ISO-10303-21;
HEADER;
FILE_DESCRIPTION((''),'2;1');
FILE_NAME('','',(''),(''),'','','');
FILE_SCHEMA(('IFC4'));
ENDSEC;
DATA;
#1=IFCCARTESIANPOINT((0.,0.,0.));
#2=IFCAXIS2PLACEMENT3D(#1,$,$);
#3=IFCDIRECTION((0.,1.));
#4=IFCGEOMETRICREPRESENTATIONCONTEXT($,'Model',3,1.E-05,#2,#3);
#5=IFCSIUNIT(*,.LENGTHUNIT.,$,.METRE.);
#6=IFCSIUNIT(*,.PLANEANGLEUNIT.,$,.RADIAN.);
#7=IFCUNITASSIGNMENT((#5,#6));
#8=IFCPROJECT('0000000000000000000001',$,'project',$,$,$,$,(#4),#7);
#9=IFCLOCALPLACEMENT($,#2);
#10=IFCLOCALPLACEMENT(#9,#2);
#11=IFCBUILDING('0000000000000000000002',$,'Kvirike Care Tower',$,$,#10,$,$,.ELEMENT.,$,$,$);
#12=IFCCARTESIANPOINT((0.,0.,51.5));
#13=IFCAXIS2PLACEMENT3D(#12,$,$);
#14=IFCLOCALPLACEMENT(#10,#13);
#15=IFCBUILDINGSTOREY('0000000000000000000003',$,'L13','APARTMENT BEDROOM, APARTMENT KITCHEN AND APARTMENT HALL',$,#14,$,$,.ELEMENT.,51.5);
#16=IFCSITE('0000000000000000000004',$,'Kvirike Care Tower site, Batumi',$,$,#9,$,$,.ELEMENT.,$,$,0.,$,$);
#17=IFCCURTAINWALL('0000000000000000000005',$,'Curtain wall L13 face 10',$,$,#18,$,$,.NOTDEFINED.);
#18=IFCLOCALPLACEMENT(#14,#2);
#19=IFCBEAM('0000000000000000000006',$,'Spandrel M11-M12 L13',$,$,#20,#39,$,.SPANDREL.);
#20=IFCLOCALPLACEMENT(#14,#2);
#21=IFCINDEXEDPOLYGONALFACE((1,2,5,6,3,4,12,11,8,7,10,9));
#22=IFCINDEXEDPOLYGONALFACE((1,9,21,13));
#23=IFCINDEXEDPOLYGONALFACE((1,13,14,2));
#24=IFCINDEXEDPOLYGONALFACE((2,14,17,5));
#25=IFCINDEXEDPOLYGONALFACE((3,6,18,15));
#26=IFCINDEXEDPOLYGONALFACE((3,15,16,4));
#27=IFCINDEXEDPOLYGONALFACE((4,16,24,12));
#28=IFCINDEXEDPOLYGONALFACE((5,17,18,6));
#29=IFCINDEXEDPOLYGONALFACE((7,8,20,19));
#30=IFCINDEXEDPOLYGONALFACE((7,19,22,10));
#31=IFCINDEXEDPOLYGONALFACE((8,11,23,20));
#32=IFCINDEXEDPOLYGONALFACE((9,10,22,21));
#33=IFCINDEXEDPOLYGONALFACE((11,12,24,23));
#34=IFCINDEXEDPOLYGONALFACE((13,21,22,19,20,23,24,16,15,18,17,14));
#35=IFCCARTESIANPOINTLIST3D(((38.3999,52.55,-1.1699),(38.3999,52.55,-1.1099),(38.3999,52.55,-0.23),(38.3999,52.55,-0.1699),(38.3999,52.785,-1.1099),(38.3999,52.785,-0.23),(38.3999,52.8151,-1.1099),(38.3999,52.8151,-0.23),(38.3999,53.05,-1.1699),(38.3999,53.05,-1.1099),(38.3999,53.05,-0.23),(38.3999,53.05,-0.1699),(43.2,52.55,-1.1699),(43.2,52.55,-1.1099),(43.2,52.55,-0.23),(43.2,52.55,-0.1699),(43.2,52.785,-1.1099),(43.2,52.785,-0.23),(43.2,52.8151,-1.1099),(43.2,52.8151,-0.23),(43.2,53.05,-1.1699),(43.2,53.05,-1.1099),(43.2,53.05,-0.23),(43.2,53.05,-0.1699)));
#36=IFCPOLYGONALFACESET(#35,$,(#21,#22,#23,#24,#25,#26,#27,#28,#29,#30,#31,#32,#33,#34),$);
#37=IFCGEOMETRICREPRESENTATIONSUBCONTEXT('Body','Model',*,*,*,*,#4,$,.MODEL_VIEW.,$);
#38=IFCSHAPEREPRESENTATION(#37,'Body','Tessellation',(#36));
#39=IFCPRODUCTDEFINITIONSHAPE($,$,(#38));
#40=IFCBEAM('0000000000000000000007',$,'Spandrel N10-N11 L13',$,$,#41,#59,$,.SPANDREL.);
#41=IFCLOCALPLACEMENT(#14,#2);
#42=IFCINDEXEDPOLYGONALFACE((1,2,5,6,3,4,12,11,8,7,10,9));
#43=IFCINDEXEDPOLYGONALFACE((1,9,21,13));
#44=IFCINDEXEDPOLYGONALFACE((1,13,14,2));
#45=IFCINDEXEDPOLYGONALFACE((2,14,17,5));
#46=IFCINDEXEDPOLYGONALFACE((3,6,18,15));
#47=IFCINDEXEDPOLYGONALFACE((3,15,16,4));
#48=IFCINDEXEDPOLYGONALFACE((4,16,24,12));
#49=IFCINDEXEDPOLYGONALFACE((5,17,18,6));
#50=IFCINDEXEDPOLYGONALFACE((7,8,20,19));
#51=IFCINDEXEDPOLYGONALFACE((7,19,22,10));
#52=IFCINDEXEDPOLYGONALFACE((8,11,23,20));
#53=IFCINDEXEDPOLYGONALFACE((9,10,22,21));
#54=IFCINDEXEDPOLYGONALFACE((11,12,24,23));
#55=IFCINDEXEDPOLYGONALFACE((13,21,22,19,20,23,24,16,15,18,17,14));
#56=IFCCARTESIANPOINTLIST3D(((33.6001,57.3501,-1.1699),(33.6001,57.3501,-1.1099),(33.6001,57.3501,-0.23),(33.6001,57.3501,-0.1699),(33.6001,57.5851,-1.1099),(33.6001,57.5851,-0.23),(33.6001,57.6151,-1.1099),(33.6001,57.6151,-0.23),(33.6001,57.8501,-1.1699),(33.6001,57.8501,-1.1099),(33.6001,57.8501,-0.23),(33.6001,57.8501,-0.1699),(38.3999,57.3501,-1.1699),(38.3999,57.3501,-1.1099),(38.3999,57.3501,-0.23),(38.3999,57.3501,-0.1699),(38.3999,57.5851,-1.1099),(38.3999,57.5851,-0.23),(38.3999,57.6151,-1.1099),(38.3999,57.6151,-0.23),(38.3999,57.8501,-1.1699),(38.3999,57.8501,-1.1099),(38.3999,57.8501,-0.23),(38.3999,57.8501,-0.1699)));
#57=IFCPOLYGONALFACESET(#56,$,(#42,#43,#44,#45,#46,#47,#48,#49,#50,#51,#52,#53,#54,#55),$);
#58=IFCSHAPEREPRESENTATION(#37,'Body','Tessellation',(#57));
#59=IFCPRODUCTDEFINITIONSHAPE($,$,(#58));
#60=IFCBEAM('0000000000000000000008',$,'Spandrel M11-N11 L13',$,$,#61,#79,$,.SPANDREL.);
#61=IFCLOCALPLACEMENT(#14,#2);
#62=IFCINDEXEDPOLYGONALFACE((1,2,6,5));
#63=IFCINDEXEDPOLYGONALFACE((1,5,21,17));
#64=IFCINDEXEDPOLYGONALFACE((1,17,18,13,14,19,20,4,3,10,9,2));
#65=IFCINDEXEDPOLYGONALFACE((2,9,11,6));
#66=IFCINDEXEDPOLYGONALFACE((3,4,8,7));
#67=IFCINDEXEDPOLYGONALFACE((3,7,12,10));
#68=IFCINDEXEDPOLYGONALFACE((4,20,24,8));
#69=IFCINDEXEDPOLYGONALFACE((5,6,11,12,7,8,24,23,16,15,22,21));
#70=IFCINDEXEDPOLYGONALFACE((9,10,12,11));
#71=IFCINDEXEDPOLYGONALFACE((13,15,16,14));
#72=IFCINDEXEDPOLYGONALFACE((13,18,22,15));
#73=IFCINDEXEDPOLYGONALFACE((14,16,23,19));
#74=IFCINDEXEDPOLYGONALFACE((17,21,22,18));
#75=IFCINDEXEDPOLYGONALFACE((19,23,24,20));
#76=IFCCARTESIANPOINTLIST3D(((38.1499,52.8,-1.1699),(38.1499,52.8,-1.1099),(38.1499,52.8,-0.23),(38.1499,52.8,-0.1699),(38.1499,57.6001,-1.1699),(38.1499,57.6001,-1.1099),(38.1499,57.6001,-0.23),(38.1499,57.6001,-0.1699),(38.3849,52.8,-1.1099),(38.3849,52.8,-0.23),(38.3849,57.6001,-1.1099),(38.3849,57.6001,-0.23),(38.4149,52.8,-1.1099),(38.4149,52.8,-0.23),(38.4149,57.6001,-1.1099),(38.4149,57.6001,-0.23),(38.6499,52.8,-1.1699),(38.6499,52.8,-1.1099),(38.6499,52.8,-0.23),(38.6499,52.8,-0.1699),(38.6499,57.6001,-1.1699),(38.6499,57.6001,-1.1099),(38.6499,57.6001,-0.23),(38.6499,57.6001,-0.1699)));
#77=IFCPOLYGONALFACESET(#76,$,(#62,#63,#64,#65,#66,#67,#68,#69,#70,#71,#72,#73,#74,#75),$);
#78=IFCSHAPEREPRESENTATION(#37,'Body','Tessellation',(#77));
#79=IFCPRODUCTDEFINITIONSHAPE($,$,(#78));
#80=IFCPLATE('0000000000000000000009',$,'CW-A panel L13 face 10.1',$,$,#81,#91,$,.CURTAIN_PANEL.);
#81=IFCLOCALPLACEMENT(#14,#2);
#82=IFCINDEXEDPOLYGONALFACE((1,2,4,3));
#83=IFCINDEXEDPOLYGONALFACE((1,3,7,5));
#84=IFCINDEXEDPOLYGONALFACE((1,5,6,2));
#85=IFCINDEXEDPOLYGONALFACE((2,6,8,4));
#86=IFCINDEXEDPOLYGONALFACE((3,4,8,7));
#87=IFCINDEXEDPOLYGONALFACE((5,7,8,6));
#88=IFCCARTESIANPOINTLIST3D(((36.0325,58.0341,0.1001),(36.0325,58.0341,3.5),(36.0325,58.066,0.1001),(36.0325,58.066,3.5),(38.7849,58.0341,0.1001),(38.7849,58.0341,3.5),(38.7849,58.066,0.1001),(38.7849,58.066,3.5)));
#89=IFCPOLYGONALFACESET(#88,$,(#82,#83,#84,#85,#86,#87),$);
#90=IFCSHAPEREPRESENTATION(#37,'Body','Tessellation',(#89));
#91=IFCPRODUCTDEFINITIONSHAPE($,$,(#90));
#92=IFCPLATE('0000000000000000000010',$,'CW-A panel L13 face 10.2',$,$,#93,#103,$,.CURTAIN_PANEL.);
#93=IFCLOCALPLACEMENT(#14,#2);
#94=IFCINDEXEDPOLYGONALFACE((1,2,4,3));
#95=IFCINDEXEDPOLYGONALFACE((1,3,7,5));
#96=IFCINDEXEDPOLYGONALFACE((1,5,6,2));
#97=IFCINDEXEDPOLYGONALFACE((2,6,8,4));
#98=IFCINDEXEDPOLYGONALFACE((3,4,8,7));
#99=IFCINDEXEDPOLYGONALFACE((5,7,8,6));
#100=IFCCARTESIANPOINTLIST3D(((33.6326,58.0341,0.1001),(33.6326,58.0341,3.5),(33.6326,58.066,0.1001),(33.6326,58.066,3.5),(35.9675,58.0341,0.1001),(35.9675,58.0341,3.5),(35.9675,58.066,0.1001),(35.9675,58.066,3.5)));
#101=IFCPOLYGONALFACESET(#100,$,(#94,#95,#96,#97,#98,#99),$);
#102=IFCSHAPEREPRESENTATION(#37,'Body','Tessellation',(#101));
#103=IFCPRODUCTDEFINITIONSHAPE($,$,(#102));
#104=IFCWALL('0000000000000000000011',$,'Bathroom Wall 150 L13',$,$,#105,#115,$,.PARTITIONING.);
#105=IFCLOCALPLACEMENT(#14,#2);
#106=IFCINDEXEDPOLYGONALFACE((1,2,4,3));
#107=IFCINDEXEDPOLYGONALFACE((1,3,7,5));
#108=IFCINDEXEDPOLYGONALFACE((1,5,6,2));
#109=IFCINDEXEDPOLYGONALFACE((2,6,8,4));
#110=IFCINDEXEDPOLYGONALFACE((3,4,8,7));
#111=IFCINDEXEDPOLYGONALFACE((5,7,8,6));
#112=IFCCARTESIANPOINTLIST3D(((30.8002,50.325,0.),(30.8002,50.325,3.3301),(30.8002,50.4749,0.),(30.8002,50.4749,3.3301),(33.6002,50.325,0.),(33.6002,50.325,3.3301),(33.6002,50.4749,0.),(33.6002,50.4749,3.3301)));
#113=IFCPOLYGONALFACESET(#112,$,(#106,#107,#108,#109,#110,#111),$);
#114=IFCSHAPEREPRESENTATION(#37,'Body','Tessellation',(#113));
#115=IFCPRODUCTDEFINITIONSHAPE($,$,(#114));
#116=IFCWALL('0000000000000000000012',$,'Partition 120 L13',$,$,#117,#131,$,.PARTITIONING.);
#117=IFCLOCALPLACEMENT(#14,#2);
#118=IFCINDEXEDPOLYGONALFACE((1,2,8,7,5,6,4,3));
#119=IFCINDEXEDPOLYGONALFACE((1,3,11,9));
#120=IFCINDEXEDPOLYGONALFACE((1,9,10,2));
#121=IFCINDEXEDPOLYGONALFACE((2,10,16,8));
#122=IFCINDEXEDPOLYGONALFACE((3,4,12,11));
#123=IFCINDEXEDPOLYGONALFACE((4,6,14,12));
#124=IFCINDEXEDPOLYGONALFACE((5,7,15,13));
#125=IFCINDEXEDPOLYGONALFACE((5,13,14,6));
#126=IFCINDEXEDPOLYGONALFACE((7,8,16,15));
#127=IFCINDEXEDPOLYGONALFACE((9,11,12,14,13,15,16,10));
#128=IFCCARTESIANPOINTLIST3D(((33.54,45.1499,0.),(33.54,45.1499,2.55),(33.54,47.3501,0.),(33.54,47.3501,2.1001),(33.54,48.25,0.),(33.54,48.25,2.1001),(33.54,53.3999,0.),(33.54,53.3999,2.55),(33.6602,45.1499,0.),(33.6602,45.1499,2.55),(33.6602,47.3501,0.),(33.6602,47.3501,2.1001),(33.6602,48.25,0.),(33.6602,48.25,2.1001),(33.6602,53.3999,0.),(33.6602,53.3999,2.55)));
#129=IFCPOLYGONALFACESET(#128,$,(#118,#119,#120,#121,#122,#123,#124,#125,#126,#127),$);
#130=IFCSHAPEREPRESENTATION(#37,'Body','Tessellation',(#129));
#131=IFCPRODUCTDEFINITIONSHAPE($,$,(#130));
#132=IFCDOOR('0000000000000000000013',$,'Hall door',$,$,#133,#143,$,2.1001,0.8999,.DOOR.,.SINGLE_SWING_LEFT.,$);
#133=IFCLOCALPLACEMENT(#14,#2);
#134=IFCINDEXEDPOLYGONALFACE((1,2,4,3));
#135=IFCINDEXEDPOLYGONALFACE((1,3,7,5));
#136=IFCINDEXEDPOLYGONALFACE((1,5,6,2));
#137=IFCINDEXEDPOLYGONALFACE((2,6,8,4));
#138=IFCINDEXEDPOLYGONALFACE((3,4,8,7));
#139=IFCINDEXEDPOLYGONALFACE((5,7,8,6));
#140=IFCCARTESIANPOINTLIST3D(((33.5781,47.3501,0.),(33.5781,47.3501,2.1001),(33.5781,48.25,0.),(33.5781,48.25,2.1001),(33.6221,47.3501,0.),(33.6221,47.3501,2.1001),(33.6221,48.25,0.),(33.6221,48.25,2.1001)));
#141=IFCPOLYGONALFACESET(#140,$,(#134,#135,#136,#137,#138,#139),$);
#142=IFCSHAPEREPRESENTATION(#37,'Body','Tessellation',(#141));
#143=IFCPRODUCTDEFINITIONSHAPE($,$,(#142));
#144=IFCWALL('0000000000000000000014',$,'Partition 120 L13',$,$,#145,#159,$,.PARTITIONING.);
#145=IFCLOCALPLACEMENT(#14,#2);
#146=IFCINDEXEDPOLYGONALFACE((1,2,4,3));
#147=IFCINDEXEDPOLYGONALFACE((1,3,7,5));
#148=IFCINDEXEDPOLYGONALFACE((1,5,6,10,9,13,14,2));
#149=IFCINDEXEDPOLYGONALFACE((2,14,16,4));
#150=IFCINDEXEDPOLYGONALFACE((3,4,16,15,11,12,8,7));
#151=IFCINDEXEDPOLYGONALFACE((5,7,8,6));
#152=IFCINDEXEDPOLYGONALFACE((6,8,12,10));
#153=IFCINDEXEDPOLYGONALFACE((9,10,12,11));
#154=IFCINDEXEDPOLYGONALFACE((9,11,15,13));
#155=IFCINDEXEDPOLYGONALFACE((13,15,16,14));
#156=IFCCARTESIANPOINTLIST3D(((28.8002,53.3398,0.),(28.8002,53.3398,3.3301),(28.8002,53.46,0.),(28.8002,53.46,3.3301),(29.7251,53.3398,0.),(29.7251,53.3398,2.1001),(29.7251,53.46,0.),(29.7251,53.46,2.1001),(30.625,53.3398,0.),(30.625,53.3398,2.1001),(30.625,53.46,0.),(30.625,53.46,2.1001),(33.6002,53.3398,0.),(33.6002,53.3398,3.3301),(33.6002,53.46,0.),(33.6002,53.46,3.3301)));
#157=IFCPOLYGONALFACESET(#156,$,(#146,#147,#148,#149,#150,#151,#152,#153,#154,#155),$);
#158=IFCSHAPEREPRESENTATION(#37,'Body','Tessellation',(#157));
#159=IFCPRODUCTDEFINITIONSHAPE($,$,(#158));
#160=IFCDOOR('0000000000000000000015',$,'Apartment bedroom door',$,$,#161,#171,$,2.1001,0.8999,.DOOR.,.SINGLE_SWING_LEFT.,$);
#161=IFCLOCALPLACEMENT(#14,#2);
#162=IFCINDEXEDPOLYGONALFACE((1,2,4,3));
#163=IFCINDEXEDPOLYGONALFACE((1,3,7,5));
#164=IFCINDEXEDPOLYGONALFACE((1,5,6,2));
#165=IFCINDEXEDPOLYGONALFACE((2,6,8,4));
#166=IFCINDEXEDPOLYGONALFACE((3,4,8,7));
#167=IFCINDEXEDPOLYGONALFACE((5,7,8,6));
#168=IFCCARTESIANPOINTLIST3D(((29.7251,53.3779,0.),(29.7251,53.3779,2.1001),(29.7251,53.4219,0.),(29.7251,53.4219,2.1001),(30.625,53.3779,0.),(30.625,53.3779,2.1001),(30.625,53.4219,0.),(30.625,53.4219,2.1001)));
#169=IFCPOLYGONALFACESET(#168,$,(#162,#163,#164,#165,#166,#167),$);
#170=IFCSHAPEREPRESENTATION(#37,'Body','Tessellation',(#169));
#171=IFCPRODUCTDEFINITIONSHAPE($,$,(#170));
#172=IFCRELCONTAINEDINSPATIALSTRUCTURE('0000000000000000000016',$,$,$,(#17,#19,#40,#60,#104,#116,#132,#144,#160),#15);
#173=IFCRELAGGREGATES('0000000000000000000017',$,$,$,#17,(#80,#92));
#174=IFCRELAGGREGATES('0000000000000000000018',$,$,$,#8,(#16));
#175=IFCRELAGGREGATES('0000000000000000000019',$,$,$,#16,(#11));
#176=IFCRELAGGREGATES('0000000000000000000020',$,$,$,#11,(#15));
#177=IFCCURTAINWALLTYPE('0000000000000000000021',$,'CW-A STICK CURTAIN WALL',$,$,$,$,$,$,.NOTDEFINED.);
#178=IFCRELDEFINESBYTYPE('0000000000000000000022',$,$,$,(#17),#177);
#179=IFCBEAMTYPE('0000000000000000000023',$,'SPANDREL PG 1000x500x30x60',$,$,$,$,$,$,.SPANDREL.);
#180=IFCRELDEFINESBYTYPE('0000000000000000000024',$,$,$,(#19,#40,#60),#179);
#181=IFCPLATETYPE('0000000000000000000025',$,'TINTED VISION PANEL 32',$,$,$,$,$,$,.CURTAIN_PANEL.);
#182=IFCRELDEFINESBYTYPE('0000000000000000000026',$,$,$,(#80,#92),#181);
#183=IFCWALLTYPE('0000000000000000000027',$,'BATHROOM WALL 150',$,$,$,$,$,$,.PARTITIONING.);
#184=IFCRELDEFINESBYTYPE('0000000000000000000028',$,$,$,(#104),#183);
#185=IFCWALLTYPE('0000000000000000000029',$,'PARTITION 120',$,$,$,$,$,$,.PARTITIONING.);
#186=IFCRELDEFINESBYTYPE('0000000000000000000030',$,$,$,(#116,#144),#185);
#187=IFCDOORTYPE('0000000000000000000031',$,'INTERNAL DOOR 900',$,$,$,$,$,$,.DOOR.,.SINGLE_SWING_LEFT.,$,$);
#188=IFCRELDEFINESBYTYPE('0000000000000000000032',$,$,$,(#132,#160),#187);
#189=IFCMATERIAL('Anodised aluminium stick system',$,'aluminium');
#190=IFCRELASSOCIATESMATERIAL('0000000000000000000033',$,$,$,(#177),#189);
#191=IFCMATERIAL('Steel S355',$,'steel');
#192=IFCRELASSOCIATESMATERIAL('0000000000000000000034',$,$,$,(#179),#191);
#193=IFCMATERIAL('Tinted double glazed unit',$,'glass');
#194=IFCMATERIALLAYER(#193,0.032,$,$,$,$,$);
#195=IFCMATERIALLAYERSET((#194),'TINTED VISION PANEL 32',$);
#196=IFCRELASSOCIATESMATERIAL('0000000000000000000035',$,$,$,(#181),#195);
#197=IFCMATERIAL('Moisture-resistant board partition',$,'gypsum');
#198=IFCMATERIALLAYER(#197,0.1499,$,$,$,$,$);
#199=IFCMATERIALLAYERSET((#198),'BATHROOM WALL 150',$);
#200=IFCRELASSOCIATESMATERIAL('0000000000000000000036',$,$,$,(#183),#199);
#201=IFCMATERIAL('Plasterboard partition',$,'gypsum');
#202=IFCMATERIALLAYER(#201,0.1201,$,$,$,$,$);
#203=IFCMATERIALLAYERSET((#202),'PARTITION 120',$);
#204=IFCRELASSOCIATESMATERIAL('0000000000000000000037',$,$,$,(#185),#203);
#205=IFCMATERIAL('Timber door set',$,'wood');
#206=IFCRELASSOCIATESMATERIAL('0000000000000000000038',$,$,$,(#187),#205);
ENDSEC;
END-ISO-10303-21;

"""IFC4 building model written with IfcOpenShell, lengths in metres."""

from ifc_helpers import new_model, si_unit, direction, frame, frame_2d, origin, origin_2d, place, context, subcontext, project, spatial, rectangle, i_section, extrude, material, layer, layer_set, material_profile, profile_set, type_object, element, fill, aggregate, save


model = new_model("IFC4")

# Units and contexts
model_context = context("Model", 3, precision=1e-05, world=origin(), true_north=direction((0.0, 1.0)))
body_context = subcontext(model_context, "Body", "Model", "MODEL_VIEW")
ifc_project = project(units=[si_unit("LENGTHUNIT", "METRE"), si_unit("PLANEANGLEUNIT", "RADIAN")], contexts=[model_context])

# Site, building, storey
site_placement = place(None, origin())
site = spatial("IfcSite", under=ifc_project, at=site_placement, Name="Kvirike Care Tower site, Batumi", CompositionType="ELEMENT", RefElevation=0.0)
building_placement = place(site_placement, origin())
building = spatial("IfcBuilding", under=site, at=building_placement, Name="Kvirike Care Tower", CompositionType="ELEMENT")
storey_placement = place(building_placement, frame((0.0, 0.0, 51.5)))
storey = spatial("IfcBuildingStorey", under=building, at=storey_placement, Name="L13", Description="APARTMENT BEDROOM, APARTMENT KITCHEN AND APARTMENT HALL", CompositionType="ELEMENT", Elevation=51.5)

# Curtain wall
ifc_material_1 = material(Name="Anodised aluminium stick system", Category="aluminium")
curtain_wall_type = type_object("IfcCurtainWallType", Name="CW-A STICK CURTAIN WALL", PredefinedType="NOTDEFINED", material=ifc_material_1)
curtain_wall_placement = place(storey_placement, origin())
curtain_wall = element("IfcCurtainWall", 1, at=curtain_wall_placement, inside=storey, type_object=curtain_wall_type, Name="Curtain wall L13 face 10", PredefinedType="NOTDEFINED")

# Beams
ifc_material_2 = material(Name="Steel S355", Category="steel")
ifc_material_profile_1 = material_profile(ifc_material_2, i_section(OverallWidth=0.5, OverallDepth=1.0, WebThickness=0.03, FlangeThickness=0.0601, at=origin_2d()), Name="PG 1000x500x30x60")
ifc_profile_set_1 = profile_set([ifc_material_profile_1], Name="Steel S355")
beam_type = type_object("IfcBeamType", Name="SPANDREL PG 1000x500x30x60", PredefinedType="SPANDREL", material=ifc_profile_set_1)
beam_1_placement = place(storey_placement, frame((38.3999, 52.8, -0.6699), z_axis=(1.0, 0.0, 0.0), x_axis=(0.0, 1.0, 0.0)))
element("IfcBeam", 2, at=beam_1_placement, inside=storey, type_object=beam_type, Name="Spandrel M11-M12 L13", PredefinedType="SPANDREL", context=body_context, shape_type="SweptSolid", body=[
    extrude(i_section(OverallWidth=0.5, OverallDepth=1.0, WebThickness=0.03, FlangeThickness=0.0601, at=origin_2d()), origin(), (0.0, 0.0, 1.0), 4.8),
])
beam_2_placement = place(storey_placement, frame((33.6001, 57.6001, -0.6699), z_axis=(1.0, 0.0, 0.0), x_axis=(0.0, 1.0, 0.0)))
element("IfcBeam", 3, at=beam_2_placement, inside=storey, type_object=beam_type, Name="Spandrel N10-N11 L13", PredefinedType="SPANDREL", context=body_context, shape_type="SweptSolid", body=[
    extrude(i_section(OverallWidth=0.5, OverallDepth=1.0, WebThickness=0.03, FlangeThickness=0.0601, at=origin_2d()), origin(), (0.0, 0.0, 1.0), 4.7998),
])
beam_3_placement = place(storey_placement, frame((38.3999, 52.8, -0.6699), z_axis=(0.0, 1.0, 0.0), x_axis=(-1.0, 0.0, 0.0)))
element("IfcBeam", 4, at=beam_3_placement, inside=storey, type_object=beam_type, Name="Spandrel M11-N11 L13", PredefinedType="SPANDREL", context=body_context, shape_type="SweptSolid", body=[
    extrude(i_section(OverallWidth=0.5, OverallDepth=1.0, WebThickness=0.03, FlangeThickness=0.0601, at=origin_2d()), origin(), (0.0, 0.0, 1.0), 4.8),
])

# Plates
ifc_material_3 = material(Name="Tinted double glazed unit", Category="glass")
ifc_layer_1 = layer(ifc_material_3, 0.032)
ifc_layer_set_1 = layer_set([ifc_layer_1], Name="TINTED VISION PANEL 32")
plate_type = type_object("IfcPlateType", Name="TINTED VISION PANEL 32", PredefinedType="CURTAIN_PANEL", material=ifc_layer_set_1)
plate_1_placement = place(storey_placement, frame((37.4087, 58.05, 0.1001), z_axis=(0.0, 0.0, 1.0), x_axis=(-1.0, 0.0, 0.0)))
plate_1 = element("IfcPlate", 5, at=plate_1_placement, type_object=plate_type, Name="CW-A panel L13 face 10.1", PredefinedType="CURTAIN_PANEL", context=body_context, shape_type="SweptSolid", body=[
    extrude(rectangle(XDim=2.7524, YDim=0.032, at=origin_2d()), origin(), (0.0, 0.0, 1.0), 3.3999),
])
plate_2_placement = place(storey_placement, frame((34.8, 58.05, 0.1001), z_axis=(0.0, 0.0, 1.0), x_axis=(-1.0, 0.0, 0.0)))
plate_2 = element("IfcPlate", 6, at=plate_2_placement, type_object=plate_type, Name="CW-A panel L13 face 10.2", PredefinedType="CURTAIN_PANEL", context=body_context, shape_type="SweptSolid", body=[
    extrude(rectangle(XDim=2.335, YDim=0.032, at=origin_2d()), origin(), (0.0, 0.0, 1.0), 3.3999),
])
aggregate(curtain_wall, [plate_1, plate_2])

# Wall
ifc_material_4 = material(Name="Moisture-resistant board partition", Category="gypsum")
ifc_layer_2 = layer(ifc_material_4, 0.1499)
ifc_layer_set_2 = layer_set([ifc_layer_2], Name="BATHROOM WALL 150")
wall_type_1 = type_object("IfcWallType", Name="BATHROOM WALL 150", PredefinedType="PARTITIONING", material=ifc_layer_set_2)
wall_1_placement = place(storey_placement, frame((33.6001, 50.3999, 0.0), z_axis=(0.0, 0.0, 1.0), x_axis=(-1.0, 0.0, 0.0)))
element("IfcWall", 7, at=wall_1_placement, inside=storey, type_object=wall_type_1, Name="Bathroom Wall 150 L13", PredefinedType="PARTITIONING", context=body_context, shape_type="SweptSolid", body=[
    extrude(rectangle(XDim=2.8, YDim=0.1499, at=frame_2d((1.3999, 0.0))), origin(), (0.0, 0.0, 1.0), 3.3301),
])

# Walls, openings, doors
ifc_material_5 = material(Name="Plasterboard partition", Category="gypsum")
ifc_layer_3 = layer(ifc_material_5, 0.1201)
ifc_layer_set_3 = layer_set([ifc_layer_3], Name="PARTITION 120")
wall_type_2 = type_object("IfcWallType", Name="PARTITION 120", PredefinedType="PARTITIONING", material=ifc_layer_set_3)
wall_2_placement = place(storey_placement, frame((33.6001, 53.3999, 0.0), z_axis=(0.0, 0.0, 1.0), x_axis=(0.0, -1.0, 0.0)))
wall_2 = element("IfcWall", 8, at=wall_2_placement, inside=storey, type_object=wall_type_2, Name="Partition 120 L13", PredefinedType="PARTITIONING", context=body_context, shape_type="SweptSolid", body=[
    extrude(rectangle(XDim=8.25, YDim=0.1201, at=frame_2d((4.125, 0.0))), origin(), (0.0, 0.0, 1.0), 2.55),
])
opening_1_placement = place(wall_2_placement, frame((5.1499, 0.0, 0.0)))
opening_1 = element("IfcOpeningElement", 9, at=opening_1_placement, cuts=wall_2, PredefinedType="OPENING", context=body_context, shape_type="SweptSolid", body=[
    extrude(rectangle(XDim=0.8999, YDim=2.1001, at=frame_2d((0.45, 1.05))), frame((0.0, 0.0706, 0.0), z_axis=(0.0, -1.0, 0.0), x_axis=(1.0, 0.0, 0.0)), (0.0, 0.0, 1.0), 0.1411),
])
ifc_material_6 = material(Name="Timber door set", Category="wood")
door_type = type_object("IfcDoorType", Name="INTERNAL DOOR 900", OperationType="SINGLE_SWING_LEFT", PredefinedType="DOOR", material=ifc_material_6)
door_1_placement = place(opening_1_placement, frame((0.8999, 0.0, 0.0), z_axis=(0.0, 0.0, 1.0), x_axis=(-1.0, 0.0, 0.0)))
door_1 = element("IfcDoor", 10, at=door_1_placement, inside=storey, type_object=door_type, Name="Hall door", OperationType="SINGLE_SWING_LEFT", OverallHeight=2.1001, OverallWidth=0.8999, PredefinedType="DOOR", context=body_context, shape_type="SweptSolid", body=[
    extrude(rectangle(XDim=0.8999, YDim=2.1001, at=frame_2d((0.45, 1.05))), frame((0.0, 0.022, 0.0), z_axis=(0.0, -1.0, 0.0), x_axis=(1.0, 0.0, 0.0)), (0.0, 0.0, 1.0), 0.0439),
])
fill(opening_1, door_1)
wall_3_placement = place(storey_placement, frame((33.6001, 53.3999, 0.0), z_axis=(0.0, 0.0, 1.0), x_axis=(-1.0, 0.0, 0.0)))
wall_3 = element("IfcWall", 11, at=wall_3_placement, inside=storey, type_object=wall_type_2, Name="Partition 120 L13", PredefinedType="PARTITIONING", context=body_context, shape_type="SweptSolid", body=[
    extrude(rectangle(XDim=4.8, YDim=0.1201, at=frame_2d((2.3999, 0.0))), origin(), (0.0, 0.0, 1.0), 3.3301),
])
opening_2_placement = place(wall_3_placement, frame((2.9751, 0.0, 0.0)))
opening_2 = element("IfcOpeningElement", 12, at=opening_2_placement, cuts=wall_3, PredefinedType="OPENING", context=body_context, shape_type="SweptSolid", body=[
    extrude(rectangle(XDim=0.8999, YDim=2.1001, at=frame_2d((0.45, 1.05))), frame((0.0, 0.0706, 0.0), z_axis=(0.0, -1.0, 0.0), x_axis=(1.0, 0.0, 0.0)), (0.0, 0.0, 1.0), 0.1411),
])
door_2_placement = place(opening_2_placement, frame((0.8999, 0.0, 0.0), z_axis=(0.0, 0.0, 1.0), x_axis=(-1.0, 0.0, 0.0)))
door_2 = element("IfcDoor", 13, at=door_2_placement, inside=storey, type_object=door_type, Name="Apartment bedroom door", OperationType="SINGLE_SWING_LEFT", OverallHeight=2.1001, OverallWidth=0.8999, PredefinedType="DOOR", context=body_context, shape_type="SweptSolid", body=[
    extrude(rectangle(XDim=0.8999, YDim=2.1001, at=frame_2d((0.45, 1.05))), frame((0.0, 0.022, 0.0), z_axis=(0.0, -1.0, 0.0), x_axis=(1.0, 0.0, 0.0)), (0.0, 0.0, 1.0), 0.0439),
])
fill(opening_2, door_2)

save(model, "model.ifc")
